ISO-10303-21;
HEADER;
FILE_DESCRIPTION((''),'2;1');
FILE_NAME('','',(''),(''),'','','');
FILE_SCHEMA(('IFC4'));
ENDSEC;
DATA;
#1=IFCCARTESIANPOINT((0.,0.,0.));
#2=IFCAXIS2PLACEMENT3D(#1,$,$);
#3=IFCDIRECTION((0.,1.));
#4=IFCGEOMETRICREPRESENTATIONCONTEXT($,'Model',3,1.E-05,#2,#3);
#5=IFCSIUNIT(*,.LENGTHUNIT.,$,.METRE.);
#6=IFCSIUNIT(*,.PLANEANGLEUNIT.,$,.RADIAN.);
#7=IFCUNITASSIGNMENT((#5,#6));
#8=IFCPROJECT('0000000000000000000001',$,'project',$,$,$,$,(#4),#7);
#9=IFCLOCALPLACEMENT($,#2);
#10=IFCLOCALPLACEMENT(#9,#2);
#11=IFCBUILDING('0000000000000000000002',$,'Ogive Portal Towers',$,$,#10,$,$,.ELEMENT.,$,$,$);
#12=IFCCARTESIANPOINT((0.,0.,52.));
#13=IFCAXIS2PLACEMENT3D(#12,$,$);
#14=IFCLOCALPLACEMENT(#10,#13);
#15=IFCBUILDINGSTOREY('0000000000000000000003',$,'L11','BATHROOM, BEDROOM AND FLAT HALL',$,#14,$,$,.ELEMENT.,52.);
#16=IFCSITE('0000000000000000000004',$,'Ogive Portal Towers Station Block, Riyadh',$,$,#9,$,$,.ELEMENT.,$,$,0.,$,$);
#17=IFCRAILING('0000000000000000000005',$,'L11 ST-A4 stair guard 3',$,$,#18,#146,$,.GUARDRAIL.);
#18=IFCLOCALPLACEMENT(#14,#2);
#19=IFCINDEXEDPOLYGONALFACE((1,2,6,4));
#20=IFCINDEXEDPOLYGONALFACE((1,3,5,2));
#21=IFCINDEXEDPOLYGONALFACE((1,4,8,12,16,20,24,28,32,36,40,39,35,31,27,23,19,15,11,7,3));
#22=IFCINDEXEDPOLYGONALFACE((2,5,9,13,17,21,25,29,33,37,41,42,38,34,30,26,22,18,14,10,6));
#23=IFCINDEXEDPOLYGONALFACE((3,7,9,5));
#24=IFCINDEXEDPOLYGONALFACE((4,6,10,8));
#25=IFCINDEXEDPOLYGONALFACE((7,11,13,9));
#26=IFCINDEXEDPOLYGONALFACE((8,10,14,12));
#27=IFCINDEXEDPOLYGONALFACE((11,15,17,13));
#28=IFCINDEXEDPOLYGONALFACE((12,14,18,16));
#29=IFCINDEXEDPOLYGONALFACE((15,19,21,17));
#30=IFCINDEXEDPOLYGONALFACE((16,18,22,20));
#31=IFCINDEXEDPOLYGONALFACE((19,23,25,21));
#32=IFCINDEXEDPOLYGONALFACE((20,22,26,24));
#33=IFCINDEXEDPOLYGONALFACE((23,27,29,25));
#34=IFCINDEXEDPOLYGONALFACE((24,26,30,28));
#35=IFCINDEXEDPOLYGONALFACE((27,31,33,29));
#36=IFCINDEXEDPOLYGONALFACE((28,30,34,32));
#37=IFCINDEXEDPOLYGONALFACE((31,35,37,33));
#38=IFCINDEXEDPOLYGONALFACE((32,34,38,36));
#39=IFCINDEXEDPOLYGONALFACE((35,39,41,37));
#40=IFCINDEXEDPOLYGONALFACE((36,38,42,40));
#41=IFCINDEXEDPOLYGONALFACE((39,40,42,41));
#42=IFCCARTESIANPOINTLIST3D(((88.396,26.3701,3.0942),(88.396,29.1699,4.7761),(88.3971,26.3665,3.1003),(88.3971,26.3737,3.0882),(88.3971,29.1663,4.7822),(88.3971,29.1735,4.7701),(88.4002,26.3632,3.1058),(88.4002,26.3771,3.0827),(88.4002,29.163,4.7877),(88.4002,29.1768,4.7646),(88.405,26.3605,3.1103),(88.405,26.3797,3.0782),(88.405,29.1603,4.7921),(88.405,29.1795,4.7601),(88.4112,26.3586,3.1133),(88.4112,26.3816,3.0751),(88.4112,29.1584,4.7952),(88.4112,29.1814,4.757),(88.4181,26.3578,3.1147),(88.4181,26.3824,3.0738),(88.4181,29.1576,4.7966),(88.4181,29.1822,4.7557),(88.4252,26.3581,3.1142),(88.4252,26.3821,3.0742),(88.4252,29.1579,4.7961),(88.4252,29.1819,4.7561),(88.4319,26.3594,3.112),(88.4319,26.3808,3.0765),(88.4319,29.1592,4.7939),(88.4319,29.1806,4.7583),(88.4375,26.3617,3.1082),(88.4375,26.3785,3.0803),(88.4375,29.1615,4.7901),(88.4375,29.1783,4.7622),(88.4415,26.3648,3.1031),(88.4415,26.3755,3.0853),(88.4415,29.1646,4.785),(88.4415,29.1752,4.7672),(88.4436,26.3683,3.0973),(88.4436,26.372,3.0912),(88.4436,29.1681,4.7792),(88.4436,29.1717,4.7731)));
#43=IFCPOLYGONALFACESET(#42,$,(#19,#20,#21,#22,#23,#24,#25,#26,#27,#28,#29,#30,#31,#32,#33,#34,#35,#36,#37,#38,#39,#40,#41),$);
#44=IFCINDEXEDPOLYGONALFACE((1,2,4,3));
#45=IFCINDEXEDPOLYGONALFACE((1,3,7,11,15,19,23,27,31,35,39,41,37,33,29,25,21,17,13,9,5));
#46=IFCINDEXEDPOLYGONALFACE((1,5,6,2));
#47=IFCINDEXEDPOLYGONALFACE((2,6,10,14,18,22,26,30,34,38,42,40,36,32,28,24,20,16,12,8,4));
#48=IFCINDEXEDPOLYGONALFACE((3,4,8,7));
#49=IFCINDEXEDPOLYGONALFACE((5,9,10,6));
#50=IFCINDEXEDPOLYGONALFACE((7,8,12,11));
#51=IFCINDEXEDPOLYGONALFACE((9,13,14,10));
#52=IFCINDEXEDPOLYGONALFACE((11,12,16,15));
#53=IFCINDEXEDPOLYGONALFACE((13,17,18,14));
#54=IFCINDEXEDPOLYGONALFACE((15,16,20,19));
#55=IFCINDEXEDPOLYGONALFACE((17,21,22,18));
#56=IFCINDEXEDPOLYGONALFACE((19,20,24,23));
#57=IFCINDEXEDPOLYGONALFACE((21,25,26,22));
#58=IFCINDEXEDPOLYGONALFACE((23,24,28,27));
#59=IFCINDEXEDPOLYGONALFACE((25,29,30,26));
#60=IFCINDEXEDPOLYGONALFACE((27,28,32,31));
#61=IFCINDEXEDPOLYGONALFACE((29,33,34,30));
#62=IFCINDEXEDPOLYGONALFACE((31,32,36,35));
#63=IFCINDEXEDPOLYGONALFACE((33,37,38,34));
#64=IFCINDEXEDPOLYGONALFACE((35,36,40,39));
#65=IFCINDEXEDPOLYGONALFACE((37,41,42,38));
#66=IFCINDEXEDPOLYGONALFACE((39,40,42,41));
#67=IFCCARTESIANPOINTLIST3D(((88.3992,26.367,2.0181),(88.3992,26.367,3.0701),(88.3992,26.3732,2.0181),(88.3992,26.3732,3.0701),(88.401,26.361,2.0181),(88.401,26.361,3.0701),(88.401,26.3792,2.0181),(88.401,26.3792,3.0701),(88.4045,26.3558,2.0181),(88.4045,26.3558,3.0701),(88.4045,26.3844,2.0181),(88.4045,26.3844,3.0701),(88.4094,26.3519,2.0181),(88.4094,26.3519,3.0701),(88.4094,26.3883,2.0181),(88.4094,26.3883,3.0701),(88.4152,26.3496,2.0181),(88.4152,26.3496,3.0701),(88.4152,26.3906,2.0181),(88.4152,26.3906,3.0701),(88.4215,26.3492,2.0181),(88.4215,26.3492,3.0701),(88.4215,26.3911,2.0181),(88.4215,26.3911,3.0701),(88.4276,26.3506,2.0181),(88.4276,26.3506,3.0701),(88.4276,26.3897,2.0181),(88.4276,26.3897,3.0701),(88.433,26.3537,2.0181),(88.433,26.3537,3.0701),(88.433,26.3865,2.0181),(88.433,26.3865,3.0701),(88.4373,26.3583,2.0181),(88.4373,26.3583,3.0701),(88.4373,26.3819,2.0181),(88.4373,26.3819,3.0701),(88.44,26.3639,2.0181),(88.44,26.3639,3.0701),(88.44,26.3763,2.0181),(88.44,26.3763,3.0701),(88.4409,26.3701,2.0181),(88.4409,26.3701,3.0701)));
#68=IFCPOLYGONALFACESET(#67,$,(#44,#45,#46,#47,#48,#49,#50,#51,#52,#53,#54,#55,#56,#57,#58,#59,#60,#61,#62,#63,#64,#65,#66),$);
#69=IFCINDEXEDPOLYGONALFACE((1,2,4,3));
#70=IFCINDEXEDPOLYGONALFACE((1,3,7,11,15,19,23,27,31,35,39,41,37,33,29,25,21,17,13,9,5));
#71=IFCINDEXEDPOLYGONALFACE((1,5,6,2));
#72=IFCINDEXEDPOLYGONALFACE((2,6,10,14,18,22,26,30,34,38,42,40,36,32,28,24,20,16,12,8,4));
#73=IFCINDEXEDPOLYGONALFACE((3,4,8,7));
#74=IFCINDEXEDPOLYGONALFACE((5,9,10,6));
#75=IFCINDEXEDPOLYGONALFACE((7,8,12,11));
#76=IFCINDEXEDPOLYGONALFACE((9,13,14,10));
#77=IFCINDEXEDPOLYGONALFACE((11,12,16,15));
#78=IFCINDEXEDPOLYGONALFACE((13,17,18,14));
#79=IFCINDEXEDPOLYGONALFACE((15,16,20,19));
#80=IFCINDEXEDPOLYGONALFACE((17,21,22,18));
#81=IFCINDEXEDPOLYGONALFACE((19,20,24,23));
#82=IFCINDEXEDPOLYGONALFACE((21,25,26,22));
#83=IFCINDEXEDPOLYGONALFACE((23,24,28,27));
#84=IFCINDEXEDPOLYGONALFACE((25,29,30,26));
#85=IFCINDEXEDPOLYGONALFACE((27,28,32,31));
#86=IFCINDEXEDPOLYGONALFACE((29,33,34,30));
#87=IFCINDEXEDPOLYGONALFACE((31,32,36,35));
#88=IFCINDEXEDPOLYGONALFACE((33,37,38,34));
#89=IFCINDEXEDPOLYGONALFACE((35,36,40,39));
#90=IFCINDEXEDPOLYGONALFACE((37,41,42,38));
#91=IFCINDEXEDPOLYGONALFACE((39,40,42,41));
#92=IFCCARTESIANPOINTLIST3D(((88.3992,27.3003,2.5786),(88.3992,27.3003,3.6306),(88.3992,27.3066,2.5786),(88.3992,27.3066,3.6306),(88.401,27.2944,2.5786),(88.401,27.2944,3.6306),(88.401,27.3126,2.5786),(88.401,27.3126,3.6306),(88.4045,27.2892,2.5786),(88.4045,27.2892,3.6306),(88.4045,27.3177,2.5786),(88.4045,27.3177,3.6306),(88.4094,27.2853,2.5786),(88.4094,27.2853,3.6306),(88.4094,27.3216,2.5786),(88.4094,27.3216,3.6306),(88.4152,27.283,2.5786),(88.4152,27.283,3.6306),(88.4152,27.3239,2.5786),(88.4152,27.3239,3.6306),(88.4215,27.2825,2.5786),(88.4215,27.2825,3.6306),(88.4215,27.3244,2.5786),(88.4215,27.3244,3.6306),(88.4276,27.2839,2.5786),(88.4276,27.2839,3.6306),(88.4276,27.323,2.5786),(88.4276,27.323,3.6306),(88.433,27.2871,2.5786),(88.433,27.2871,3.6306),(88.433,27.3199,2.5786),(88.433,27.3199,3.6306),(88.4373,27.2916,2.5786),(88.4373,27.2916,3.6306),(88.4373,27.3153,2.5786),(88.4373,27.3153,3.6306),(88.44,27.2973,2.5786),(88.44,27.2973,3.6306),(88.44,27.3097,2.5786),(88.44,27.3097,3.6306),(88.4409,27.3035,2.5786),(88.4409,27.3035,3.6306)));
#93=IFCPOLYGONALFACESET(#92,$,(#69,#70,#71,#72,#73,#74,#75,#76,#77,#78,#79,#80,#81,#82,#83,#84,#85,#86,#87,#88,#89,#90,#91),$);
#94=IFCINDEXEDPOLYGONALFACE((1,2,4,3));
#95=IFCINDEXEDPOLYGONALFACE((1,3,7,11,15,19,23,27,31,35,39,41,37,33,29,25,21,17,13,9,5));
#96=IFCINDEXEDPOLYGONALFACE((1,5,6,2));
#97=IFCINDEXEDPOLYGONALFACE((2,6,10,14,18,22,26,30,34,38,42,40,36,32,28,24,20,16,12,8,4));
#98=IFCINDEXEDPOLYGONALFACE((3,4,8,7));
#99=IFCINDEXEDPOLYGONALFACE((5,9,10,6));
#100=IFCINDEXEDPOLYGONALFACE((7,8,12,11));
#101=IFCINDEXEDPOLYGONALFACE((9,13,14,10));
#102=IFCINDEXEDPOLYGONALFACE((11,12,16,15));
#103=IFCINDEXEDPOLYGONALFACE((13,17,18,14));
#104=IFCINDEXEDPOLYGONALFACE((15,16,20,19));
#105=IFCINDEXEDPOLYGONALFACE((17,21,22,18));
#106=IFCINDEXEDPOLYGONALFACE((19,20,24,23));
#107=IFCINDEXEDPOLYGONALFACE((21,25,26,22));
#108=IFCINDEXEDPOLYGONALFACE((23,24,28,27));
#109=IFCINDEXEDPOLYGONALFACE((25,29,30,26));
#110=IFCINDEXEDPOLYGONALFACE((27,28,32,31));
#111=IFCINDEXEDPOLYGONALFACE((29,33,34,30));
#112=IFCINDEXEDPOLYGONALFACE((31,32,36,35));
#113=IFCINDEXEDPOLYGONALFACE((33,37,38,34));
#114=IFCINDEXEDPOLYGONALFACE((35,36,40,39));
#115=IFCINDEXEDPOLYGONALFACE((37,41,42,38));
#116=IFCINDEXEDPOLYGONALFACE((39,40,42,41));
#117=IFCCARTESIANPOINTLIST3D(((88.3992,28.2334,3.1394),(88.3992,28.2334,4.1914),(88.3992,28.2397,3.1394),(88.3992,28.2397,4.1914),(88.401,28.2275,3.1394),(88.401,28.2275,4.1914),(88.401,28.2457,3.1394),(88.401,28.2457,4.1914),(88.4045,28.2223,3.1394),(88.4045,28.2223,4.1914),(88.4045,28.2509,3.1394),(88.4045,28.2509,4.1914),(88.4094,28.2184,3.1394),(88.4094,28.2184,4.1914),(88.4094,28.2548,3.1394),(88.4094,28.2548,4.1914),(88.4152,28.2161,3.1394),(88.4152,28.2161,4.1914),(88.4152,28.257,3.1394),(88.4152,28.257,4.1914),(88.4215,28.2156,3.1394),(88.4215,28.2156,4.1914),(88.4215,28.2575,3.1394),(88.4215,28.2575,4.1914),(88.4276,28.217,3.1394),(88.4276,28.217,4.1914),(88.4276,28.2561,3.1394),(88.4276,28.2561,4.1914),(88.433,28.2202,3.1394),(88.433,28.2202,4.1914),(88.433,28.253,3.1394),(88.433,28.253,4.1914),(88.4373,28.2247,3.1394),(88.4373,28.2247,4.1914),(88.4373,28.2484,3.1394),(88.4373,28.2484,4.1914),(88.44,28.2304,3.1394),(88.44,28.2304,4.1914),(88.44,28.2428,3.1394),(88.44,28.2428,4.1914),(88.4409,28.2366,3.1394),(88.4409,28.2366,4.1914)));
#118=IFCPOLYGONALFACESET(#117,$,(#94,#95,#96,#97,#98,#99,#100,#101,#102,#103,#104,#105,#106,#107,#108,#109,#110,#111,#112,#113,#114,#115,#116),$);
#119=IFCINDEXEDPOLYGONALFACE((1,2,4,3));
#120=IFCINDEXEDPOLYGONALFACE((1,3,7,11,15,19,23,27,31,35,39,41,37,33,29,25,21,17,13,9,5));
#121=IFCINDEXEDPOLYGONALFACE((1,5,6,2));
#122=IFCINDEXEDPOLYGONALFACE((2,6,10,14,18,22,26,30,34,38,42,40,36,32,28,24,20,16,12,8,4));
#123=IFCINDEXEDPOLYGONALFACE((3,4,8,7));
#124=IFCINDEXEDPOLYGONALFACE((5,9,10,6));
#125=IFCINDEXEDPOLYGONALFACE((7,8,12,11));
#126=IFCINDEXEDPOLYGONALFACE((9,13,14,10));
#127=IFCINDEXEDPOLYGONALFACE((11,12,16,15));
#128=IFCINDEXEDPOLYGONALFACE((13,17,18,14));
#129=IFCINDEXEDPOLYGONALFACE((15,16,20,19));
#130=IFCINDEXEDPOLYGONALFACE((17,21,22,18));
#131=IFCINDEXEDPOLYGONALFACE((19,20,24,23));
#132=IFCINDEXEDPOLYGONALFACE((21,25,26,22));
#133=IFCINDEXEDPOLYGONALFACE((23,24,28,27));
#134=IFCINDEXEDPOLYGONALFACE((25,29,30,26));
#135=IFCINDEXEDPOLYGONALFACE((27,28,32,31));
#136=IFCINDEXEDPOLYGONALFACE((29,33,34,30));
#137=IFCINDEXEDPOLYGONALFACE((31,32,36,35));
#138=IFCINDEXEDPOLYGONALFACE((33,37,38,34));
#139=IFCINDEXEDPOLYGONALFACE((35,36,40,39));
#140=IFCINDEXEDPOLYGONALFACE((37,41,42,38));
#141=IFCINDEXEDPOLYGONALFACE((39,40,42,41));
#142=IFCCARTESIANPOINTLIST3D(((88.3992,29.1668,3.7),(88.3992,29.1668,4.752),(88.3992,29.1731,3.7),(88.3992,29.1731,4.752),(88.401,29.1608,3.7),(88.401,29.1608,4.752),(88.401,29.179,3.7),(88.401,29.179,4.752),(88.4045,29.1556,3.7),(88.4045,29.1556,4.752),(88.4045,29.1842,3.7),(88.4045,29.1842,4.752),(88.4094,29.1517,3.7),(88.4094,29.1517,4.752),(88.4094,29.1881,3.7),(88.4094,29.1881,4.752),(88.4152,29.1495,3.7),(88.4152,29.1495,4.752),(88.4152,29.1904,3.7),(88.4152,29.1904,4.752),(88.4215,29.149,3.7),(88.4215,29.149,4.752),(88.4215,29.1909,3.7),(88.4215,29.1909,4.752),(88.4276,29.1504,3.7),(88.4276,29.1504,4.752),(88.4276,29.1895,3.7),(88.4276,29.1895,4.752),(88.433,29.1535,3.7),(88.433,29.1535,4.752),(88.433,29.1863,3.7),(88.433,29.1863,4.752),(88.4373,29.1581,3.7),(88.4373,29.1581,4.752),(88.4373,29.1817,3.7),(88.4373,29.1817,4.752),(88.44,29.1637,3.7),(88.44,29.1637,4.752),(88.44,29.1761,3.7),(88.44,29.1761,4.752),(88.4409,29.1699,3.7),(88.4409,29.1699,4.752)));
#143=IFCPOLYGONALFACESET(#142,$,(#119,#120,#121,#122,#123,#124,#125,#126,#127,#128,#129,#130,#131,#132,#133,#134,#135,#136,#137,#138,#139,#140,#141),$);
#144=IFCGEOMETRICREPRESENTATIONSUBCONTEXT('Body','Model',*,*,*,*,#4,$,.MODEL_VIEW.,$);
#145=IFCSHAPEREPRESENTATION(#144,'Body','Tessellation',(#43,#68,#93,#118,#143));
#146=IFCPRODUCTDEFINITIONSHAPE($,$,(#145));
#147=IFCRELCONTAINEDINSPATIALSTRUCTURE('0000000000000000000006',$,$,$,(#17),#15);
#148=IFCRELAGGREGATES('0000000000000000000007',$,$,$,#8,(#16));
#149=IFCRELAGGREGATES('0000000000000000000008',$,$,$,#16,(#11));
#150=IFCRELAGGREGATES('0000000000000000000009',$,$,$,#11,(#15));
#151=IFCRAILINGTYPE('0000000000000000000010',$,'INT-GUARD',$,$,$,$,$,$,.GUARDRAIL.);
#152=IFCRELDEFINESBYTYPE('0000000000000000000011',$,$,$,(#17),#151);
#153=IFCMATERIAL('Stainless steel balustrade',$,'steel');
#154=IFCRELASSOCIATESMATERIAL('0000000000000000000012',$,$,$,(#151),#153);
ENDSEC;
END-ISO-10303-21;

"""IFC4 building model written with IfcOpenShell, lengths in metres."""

from ifc_helpers import new_model, si_unit, direction, frame, origin, origin_2d, place, context, subcontext, project, spatial, circle, extrude, material, type_object, element, save


model = new_model("IFC4")

# Units and contexts
model_context = context("Model", 3, precision=1e-05, world=origin(), true_north=direction((0.0, 1.0)))
body_context = subcontext(model_context, "Body", "Model", "MODEL_VIEW")
ifc_project = project(units=[si_unit("LENGTHUNIT", "METRE"), si_unit("PLANEANGLEUNIT", "RADIAN")], contexts=[model_context])

# Site, building, storey
site_placement = place(None, origin())
site = spatial("IfcSite", under=ifc_project, at=site_placement, Name="Ogive Portal Towers Station Block, Riyadh", CompositionType="ELEMENT", RefElevation=0.0)
building_placement = place(site_placement, origin())
building = spatial("IfcBuilding", under=site, at=building_placement, Name="Ogive Portal Towers", CompositionType="ELEMENT")
storey_placement = place(building_placement, frame((0.0, 0.0, 52.0)))
storey = spatial("IfcBuildingStorey", under=building, at=storey_placement, Name="L11", Description="BATHROOM, BEDROOM AND FLAT HALL", CompositionType="ELEMENT", Elevation=52.0)

# Railing
ifc_material_1 = material(Name="Stainless steel balustrade", Category="steel")
railing_type_1 = type_object("IfcRailingType", Name="INT-GUARD", PredefinedType="GUARDRAIL", material=ifc_material_1)
railing_1_placement = place(storey_placement, frame((88.4199, 26.3701, 2.0181)))
element("IfcRailing", 1, at=railing_1_placement, inside=storey, type_object=railing_type_1, Name="L11 ST-A4 stair guard 3", PredefinedType="GUARDRAIL", context=body_context, shape_type="SweptSolid", body=[
    extrude(circle(Radius=0.0239, at=origin_2d()), frame((0.0, 0.0, 1.0762), z_axis=(0.0, 0.857222, 0.514946), x_axis=(-1.0, 0.0, 0.0)), (0.0, 0.0, 1.0), 3.2661),
    extrude(circle(Radius=0.021, at=origin_2d()), origin(), (0.0, 0.0, 1.0), 1.052),
    extrude(circle(Radius=0.021, at=origin_2d()), frame((0.0, 0.9333, 0.5605)), (0.0, 0.0, 1.0), 1.052),
    extrude(circle(Radius=0.021, at=origin_2d()), frame((0.0, 1.8665, 1.1213)), (0.0, 0.0, 1.0), 1.052),
    extrude(circle(Radius=0.021, at=origin_2d()), frame((0.0, 2.7998, 1.6819)), (0.0, 0.0, 1.0), 1.052),
])

save(model, "model.ifc")
